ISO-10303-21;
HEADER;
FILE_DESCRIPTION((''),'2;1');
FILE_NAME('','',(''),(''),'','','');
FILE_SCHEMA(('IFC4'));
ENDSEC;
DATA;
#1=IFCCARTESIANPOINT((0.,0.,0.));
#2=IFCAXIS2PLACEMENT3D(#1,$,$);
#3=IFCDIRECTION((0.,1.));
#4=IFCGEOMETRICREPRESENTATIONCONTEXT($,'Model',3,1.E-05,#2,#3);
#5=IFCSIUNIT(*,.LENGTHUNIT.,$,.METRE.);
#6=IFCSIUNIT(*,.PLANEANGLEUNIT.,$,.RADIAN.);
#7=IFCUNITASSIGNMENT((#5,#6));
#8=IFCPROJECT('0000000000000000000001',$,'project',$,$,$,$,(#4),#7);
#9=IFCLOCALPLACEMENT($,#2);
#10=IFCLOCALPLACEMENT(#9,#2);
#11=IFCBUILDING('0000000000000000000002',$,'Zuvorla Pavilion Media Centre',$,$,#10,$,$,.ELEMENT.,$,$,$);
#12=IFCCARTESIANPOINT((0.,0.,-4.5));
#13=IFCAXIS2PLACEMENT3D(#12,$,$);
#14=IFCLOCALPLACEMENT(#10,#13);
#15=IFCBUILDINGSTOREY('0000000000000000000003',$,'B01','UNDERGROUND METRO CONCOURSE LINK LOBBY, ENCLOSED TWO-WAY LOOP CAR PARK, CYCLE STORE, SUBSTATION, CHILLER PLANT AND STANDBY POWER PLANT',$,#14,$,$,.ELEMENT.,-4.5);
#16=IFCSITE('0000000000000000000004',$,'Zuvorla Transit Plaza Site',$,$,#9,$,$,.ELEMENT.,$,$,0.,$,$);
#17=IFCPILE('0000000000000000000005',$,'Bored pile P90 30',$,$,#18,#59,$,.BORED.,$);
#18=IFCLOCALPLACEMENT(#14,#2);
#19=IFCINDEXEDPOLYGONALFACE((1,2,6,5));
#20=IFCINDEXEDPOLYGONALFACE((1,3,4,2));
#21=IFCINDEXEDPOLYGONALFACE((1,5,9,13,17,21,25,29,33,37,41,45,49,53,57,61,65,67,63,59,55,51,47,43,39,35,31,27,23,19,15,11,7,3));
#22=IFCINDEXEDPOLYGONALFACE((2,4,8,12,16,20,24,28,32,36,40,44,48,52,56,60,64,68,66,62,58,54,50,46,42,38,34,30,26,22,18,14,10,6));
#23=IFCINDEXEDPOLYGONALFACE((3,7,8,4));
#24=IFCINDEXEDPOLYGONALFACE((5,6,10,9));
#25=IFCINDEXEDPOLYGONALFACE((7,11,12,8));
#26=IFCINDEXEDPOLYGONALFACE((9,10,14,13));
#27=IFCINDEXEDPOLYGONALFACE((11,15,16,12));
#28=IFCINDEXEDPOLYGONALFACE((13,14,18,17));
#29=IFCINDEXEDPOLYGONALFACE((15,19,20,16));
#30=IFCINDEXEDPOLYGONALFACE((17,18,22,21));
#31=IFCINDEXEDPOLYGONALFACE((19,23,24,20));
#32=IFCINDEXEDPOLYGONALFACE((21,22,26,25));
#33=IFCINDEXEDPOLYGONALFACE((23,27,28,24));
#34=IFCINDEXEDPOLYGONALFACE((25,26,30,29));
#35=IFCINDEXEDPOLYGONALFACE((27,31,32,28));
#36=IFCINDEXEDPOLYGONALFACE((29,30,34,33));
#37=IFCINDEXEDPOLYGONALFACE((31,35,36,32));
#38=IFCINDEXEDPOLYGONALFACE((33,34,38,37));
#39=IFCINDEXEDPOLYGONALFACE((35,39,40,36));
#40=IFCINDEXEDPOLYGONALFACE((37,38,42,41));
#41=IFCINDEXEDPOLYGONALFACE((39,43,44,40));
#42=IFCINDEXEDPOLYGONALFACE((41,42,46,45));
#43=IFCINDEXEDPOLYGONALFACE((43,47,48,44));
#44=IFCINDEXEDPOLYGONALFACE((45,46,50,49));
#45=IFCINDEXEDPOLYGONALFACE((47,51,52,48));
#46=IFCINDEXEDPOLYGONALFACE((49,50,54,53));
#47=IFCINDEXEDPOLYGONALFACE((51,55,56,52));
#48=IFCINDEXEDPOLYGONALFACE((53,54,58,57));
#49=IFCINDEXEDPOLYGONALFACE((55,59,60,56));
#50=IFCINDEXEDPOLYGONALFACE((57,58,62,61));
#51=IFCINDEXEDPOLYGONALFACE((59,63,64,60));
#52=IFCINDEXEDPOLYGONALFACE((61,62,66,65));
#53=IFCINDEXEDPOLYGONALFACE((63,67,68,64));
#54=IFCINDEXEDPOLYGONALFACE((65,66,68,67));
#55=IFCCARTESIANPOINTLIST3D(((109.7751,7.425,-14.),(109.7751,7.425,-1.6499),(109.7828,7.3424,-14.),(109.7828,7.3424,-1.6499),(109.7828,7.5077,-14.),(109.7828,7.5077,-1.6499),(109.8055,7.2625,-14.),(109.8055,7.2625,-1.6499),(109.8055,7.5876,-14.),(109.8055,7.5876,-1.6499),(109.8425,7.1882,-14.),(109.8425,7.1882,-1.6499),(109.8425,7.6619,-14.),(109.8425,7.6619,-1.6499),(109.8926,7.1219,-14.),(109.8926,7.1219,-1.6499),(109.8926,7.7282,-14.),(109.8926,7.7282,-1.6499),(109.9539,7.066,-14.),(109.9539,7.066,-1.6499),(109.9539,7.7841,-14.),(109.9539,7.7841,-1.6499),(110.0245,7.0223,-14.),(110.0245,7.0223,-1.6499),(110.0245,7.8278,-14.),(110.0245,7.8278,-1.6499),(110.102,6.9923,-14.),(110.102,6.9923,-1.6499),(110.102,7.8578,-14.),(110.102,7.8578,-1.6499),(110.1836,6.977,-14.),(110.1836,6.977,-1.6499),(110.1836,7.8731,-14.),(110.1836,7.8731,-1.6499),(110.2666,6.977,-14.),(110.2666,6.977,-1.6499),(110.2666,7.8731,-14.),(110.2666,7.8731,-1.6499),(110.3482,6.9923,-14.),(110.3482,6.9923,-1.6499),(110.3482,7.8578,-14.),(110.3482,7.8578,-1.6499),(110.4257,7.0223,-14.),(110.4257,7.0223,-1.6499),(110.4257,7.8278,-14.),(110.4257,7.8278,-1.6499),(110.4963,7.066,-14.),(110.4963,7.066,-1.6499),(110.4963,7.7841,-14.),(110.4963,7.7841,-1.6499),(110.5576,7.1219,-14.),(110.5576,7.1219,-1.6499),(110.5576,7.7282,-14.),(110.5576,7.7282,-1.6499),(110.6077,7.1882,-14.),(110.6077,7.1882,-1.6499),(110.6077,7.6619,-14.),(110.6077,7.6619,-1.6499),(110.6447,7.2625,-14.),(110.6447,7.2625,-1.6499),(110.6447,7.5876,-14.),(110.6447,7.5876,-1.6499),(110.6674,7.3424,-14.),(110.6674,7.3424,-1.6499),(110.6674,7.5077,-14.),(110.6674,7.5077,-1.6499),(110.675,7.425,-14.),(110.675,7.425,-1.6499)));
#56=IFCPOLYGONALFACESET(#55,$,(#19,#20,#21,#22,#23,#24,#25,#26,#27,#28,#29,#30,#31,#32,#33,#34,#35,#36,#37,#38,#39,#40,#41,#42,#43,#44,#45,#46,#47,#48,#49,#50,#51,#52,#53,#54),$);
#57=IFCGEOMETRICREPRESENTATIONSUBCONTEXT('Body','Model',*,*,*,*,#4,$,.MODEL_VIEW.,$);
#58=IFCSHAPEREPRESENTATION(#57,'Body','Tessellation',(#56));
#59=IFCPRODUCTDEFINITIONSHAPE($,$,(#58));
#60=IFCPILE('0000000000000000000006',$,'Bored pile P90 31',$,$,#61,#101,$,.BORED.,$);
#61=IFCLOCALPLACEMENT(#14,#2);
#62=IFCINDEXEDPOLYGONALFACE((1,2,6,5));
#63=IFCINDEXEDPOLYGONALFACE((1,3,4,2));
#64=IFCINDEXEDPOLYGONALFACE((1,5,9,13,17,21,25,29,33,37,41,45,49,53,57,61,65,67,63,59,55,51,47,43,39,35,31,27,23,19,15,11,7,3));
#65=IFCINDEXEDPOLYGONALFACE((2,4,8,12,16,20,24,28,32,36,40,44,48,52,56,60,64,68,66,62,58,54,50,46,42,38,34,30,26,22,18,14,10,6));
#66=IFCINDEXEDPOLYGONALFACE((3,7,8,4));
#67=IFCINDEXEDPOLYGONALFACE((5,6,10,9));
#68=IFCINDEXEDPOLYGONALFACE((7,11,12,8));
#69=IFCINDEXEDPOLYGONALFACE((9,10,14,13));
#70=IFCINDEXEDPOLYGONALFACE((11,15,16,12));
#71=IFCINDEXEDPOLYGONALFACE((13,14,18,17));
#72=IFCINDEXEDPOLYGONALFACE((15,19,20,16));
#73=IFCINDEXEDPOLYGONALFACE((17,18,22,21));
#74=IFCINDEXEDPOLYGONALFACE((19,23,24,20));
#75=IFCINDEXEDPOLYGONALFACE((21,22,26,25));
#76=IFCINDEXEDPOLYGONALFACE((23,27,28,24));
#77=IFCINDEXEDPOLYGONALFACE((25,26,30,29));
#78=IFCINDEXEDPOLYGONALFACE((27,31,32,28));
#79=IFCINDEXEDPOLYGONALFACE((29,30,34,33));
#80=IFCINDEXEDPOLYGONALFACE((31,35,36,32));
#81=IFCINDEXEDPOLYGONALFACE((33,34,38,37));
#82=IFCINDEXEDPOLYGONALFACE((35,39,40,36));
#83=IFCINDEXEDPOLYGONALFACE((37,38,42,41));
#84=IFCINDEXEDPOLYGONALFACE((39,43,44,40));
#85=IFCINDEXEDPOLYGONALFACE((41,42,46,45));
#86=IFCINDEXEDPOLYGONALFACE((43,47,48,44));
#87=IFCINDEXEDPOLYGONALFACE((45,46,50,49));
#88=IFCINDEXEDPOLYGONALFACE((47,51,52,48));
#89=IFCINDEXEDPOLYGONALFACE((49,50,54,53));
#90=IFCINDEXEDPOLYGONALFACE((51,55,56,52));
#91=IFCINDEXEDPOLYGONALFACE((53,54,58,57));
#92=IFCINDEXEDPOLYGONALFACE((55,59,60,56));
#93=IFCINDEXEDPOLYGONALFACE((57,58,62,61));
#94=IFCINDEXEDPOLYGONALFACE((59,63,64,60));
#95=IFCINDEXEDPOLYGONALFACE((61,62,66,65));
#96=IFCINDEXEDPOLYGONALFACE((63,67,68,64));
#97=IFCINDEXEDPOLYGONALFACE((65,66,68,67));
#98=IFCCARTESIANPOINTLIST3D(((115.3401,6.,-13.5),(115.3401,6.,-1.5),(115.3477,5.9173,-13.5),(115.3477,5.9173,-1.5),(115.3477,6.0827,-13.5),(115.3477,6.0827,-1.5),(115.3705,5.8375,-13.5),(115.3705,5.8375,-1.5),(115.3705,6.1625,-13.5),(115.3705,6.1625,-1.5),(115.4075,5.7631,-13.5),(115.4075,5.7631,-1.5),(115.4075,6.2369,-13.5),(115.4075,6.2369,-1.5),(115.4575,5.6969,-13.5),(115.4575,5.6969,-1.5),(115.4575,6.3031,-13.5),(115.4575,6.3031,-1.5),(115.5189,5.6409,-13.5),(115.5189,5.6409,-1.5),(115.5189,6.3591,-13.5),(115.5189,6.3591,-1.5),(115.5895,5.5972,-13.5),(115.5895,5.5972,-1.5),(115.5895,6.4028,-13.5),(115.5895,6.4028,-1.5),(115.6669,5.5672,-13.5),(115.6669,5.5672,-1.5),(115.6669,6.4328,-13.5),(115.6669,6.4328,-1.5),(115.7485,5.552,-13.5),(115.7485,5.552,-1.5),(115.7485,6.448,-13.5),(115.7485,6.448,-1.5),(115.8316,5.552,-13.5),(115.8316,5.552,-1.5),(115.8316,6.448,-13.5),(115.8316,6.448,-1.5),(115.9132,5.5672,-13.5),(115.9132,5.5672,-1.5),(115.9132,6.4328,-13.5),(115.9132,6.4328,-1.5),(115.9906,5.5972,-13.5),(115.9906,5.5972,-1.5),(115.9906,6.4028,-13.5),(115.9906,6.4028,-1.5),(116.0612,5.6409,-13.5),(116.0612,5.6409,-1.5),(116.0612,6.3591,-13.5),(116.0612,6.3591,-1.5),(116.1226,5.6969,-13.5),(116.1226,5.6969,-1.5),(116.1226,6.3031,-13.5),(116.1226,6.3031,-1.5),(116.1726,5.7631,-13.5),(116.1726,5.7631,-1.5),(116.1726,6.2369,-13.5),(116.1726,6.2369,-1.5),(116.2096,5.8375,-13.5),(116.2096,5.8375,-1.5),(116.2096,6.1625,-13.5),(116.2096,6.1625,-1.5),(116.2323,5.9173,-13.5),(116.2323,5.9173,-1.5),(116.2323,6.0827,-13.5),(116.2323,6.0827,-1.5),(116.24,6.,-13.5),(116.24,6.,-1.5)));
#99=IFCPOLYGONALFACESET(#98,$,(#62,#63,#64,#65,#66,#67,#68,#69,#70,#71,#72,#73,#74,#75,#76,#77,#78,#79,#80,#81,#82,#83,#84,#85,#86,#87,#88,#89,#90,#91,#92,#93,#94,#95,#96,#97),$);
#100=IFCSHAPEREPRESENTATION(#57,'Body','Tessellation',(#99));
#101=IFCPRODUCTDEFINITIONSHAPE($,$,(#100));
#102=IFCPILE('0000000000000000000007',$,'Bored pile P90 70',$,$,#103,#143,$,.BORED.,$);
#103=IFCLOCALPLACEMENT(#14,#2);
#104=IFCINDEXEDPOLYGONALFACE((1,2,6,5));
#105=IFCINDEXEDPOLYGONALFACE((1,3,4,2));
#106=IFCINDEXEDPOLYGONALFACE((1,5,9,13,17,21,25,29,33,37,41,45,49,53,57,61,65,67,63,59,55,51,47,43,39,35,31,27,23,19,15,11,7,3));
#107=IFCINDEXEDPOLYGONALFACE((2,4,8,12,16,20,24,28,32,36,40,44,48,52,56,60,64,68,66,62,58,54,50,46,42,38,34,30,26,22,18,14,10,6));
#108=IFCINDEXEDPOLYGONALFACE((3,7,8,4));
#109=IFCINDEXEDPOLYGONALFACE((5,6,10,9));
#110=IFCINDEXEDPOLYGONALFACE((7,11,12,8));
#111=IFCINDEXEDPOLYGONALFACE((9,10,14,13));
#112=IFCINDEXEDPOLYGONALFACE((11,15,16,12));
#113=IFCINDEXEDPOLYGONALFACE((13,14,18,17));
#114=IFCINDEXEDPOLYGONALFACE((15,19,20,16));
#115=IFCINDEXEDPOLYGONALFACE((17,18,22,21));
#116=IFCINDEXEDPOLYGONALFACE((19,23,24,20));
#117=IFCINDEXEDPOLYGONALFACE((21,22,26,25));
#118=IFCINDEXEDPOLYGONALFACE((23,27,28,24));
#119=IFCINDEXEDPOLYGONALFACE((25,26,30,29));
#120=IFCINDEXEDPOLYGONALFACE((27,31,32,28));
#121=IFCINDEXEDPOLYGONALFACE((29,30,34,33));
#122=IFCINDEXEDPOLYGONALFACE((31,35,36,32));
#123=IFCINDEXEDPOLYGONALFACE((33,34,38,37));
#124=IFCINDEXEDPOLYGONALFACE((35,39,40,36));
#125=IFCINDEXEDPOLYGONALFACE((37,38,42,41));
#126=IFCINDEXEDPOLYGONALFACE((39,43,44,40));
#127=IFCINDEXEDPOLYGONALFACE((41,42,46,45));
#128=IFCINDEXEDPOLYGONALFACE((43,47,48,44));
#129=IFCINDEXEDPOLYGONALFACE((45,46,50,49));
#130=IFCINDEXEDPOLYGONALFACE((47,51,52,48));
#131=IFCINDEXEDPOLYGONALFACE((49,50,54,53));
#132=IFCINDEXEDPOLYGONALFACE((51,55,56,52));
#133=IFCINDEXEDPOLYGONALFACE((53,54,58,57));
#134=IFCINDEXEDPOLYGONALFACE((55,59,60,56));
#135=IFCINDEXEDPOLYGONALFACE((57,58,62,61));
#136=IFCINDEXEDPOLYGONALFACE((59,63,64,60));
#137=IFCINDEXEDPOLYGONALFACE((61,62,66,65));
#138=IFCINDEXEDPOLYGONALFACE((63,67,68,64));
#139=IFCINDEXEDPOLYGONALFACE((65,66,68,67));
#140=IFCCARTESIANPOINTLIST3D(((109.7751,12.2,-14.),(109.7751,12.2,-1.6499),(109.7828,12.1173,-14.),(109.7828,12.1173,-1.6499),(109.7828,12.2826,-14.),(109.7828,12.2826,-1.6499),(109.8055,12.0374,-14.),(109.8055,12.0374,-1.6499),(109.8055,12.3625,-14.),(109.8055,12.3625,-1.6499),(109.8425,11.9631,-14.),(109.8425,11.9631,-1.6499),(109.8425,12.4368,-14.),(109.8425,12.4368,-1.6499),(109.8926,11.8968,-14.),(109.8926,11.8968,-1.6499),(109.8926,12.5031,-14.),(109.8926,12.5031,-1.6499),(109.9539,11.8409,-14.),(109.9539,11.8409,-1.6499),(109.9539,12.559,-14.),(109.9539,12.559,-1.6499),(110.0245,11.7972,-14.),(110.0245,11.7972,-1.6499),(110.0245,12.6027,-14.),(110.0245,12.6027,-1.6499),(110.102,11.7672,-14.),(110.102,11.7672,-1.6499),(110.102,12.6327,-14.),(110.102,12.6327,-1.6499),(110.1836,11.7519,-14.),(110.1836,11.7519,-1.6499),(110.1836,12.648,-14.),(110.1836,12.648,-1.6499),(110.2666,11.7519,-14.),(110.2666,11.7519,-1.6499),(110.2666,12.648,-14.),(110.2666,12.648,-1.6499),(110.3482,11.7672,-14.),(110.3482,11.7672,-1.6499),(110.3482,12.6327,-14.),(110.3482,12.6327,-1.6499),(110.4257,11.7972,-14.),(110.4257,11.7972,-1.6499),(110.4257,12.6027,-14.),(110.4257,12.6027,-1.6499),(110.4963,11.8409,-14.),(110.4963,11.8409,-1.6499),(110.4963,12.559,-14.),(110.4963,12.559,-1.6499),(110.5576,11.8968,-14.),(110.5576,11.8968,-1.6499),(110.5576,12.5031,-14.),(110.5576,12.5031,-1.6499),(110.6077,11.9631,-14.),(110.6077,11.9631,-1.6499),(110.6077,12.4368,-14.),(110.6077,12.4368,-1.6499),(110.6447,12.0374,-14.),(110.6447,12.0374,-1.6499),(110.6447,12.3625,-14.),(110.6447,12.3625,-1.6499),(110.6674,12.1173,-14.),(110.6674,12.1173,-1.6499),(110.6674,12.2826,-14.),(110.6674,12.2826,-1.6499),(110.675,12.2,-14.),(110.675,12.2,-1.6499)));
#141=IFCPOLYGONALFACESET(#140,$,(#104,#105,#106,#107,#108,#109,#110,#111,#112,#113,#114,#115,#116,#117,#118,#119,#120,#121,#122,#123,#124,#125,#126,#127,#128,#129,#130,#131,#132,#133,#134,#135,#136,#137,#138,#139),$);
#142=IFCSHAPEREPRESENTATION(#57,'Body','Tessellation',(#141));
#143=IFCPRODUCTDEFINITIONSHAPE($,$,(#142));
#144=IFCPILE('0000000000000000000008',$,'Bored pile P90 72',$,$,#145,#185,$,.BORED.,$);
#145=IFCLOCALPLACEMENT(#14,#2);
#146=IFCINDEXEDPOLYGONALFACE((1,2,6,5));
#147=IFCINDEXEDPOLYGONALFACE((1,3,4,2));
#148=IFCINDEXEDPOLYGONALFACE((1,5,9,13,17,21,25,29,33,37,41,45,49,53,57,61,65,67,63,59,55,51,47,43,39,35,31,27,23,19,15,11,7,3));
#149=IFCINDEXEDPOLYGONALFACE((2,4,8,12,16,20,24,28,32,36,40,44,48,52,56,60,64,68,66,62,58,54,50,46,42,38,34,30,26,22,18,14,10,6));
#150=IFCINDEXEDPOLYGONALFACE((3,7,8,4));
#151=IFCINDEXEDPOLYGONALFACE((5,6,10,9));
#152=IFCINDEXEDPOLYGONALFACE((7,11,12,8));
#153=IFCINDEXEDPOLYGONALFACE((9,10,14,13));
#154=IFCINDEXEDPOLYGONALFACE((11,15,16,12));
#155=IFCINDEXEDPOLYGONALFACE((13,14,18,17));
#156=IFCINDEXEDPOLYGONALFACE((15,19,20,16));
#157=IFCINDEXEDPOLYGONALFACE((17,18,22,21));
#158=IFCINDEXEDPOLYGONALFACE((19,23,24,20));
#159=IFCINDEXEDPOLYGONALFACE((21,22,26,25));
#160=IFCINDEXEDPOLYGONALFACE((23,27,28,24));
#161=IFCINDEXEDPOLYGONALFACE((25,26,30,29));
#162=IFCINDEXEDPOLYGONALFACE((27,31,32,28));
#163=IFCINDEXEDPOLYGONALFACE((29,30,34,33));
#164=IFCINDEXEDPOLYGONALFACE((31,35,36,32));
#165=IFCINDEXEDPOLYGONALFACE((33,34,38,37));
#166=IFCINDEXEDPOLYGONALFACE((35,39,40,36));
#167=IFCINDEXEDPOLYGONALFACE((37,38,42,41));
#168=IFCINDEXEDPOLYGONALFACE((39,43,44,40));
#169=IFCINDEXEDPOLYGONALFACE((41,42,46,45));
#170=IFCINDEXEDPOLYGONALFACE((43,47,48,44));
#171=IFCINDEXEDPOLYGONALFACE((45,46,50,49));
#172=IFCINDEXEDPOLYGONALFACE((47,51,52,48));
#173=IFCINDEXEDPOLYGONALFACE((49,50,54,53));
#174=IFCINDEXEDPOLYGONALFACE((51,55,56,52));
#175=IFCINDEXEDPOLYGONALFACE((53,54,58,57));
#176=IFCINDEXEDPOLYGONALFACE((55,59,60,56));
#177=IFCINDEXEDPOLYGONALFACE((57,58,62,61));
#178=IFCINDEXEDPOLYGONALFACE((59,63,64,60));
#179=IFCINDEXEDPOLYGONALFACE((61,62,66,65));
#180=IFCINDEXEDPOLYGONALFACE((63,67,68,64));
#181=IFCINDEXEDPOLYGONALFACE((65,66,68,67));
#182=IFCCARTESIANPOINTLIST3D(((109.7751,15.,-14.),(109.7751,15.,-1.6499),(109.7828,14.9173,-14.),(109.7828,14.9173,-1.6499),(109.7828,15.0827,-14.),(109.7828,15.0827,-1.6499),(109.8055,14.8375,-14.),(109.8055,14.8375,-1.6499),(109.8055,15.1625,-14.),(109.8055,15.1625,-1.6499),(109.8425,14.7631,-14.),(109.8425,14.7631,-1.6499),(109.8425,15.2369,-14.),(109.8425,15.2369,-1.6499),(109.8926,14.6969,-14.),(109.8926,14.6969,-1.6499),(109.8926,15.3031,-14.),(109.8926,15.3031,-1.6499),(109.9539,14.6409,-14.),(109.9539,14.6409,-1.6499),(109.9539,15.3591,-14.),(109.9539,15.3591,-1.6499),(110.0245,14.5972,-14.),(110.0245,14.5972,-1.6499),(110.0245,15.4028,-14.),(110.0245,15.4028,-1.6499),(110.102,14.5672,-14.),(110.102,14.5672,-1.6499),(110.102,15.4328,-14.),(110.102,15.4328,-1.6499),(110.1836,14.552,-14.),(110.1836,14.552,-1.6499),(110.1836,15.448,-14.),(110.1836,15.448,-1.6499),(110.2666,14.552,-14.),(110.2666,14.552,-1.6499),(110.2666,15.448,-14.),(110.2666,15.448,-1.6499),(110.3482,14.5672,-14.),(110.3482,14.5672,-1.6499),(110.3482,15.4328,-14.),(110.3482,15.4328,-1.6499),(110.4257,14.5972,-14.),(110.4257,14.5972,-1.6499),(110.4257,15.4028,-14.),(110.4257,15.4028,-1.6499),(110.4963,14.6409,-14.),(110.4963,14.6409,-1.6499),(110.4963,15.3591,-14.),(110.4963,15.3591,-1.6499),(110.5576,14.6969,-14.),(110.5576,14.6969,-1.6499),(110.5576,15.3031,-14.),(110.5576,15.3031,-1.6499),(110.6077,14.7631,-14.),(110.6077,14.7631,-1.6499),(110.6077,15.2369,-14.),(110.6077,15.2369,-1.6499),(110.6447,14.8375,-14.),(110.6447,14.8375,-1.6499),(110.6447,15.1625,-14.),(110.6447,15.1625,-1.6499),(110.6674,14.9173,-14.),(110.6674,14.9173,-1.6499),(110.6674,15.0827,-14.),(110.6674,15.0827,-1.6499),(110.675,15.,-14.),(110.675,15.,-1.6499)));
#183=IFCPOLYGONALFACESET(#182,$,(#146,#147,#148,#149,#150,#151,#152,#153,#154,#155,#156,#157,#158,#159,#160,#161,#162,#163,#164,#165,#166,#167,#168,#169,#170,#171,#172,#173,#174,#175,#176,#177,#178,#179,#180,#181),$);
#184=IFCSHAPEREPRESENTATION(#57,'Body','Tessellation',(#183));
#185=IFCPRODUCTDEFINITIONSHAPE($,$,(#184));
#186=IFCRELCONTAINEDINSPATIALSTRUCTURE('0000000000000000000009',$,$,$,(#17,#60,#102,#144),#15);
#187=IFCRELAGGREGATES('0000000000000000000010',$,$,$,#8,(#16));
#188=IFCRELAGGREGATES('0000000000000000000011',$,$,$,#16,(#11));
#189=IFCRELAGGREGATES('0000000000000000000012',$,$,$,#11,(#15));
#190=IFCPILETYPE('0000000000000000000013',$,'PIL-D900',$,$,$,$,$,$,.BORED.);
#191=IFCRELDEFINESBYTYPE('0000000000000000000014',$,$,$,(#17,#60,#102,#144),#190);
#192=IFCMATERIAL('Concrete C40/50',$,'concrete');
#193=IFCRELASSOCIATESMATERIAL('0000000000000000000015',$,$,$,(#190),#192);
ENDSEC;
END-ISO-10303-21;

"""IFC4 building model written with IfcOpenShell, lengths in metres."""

from ifc_helpers import new_model, si_unit, direction, frame, origin, origin_2d, place, context, subcontext, project, spatial, circle, extrude, material, material_profile, profile_set, type_object, element, save


model = new_model("IFC4")

# Units and contexts
model_context = context("Model", 3, precision=1e-05, world=origin(), true_north=direction((0.0, 1.0)))
body_context = subcontext(model_context, "Body", "Model", "MODEL_VIEW")
ifc_project = project(units=[si_unit("LENGTHUNIT", "METRE"), si_unit("PLANEANGLEUNIT", "RADIAN")], contexts=[model_context])

# Site, building, storey
site_placement = place(None, origin())
site = spatial("IfcSite", under=ifc_project, at=site_placement, Name="Zuvorla Transit Plaza Site", CompositionType="ELEMENT", RefElevation=0.0)
building_placement = place(site_placement, origin())
building = spatial("IfcBuilding", under=site, at=building_placement, Name="Zuvorla Pavilion Media Centre", CompositionType="ELEMENT")
storey_placement = place(building_placement, frame((0.0, 0.0, -4.5)))
storey = spatial("IfcBuildingStorey", under=building, at=storey_placement, Name="B01", Description="UNDERGROUND METRO CONCOURSE LINK LOBBY, ENCLOSED TWO-WAY LOOP CAR PARK, CYCLE STORE, SUBSTATION, CHILLER PLANT AND STANDBY POWER PLANT", CompositionType="ELEMENT", Elevation=-4.5)

# Shared definitions
ifc_material_1 = material(Name="Concrete C40/50", Category="concrete")

# Piles
ifc_material_profile_1 = material_profile(ifc_material_1, circle(Radius=0.45, at=origin_2d()), Name="BORED PILE 900")
ifc_profile_set_1 = profile_set([ifc_material_profile_1], Name="Concrete C40/50")
pile_type = type_object("IfcPileType", Name="PIL-D900", PredefinedType="BORED", material=ifc_profile_set_1)
for number, where, z_axis, x_axis, name in (
    (1, (110.2251, 7.425, -1.6499), (0.0, 0.0, -1.0), (1.0, 0.0, 0.0), "Bored pile P90 30"),
):
    element("IfcPile", number, at=place(storey_placement, frame(where, z_axis=z_axis, x_axis=x_axis)), inside=storey, type_object=pile_type, Name=name, PredefinedType="BORED", context=body_context, shape_type="SweptSolid", body=[
        extrude(circle(Radius=0.45, at=origin_2d()), origin(), (0.0, 0.0, 1.0), 12.3501),
    ])
pile_1_placement = place(storey_placement, frame((115.79, 6.0, -1.5), z_axis=(0.0, 0.0, -1.0), x_axis=(1.0, 0.0, 0.0)))
element("IfcPile", 2, at=pile_1_placement, inside=storey, type_object=pile_type, Name="Bored pile P90 31", PredefinedType="BORED", context=body_context, shape_type="SweptSolid", body=[
    extrude(circle(Radius=0.45, at=origin_2d()), origin(), (0.0, 0.0, 1.0), 12.0),
])
for number, where, z_axis, x_axis, name in (
    (3, (110.2251, 12.2, -1.6499), (0.0, 0.0, -1.0), (1.0, 0.0, 0.0), "Bored pile P90 70"),
    (4, (110.2251, 15.0, -1.6499), (0.0, 0.0, -1.0), (1.0, 0.0, 0.0), "Bored pile P90 72"),
):
    element("IfcPile", number, at=place(storey_placement, frame(where, z_axis=z_axis, x_axis=x_axis)), inside=storey, type_object=pile_type, Name=name, PredefinedType="BORED", context=body_context, shape_type="SweptSolid", body=[
        extrude(circle(Radius=0.45, at=origin_2d()), origin(), (0.0, 0.0, 1.0), 12.3501),
    ])

save(model, "model.ifc")
